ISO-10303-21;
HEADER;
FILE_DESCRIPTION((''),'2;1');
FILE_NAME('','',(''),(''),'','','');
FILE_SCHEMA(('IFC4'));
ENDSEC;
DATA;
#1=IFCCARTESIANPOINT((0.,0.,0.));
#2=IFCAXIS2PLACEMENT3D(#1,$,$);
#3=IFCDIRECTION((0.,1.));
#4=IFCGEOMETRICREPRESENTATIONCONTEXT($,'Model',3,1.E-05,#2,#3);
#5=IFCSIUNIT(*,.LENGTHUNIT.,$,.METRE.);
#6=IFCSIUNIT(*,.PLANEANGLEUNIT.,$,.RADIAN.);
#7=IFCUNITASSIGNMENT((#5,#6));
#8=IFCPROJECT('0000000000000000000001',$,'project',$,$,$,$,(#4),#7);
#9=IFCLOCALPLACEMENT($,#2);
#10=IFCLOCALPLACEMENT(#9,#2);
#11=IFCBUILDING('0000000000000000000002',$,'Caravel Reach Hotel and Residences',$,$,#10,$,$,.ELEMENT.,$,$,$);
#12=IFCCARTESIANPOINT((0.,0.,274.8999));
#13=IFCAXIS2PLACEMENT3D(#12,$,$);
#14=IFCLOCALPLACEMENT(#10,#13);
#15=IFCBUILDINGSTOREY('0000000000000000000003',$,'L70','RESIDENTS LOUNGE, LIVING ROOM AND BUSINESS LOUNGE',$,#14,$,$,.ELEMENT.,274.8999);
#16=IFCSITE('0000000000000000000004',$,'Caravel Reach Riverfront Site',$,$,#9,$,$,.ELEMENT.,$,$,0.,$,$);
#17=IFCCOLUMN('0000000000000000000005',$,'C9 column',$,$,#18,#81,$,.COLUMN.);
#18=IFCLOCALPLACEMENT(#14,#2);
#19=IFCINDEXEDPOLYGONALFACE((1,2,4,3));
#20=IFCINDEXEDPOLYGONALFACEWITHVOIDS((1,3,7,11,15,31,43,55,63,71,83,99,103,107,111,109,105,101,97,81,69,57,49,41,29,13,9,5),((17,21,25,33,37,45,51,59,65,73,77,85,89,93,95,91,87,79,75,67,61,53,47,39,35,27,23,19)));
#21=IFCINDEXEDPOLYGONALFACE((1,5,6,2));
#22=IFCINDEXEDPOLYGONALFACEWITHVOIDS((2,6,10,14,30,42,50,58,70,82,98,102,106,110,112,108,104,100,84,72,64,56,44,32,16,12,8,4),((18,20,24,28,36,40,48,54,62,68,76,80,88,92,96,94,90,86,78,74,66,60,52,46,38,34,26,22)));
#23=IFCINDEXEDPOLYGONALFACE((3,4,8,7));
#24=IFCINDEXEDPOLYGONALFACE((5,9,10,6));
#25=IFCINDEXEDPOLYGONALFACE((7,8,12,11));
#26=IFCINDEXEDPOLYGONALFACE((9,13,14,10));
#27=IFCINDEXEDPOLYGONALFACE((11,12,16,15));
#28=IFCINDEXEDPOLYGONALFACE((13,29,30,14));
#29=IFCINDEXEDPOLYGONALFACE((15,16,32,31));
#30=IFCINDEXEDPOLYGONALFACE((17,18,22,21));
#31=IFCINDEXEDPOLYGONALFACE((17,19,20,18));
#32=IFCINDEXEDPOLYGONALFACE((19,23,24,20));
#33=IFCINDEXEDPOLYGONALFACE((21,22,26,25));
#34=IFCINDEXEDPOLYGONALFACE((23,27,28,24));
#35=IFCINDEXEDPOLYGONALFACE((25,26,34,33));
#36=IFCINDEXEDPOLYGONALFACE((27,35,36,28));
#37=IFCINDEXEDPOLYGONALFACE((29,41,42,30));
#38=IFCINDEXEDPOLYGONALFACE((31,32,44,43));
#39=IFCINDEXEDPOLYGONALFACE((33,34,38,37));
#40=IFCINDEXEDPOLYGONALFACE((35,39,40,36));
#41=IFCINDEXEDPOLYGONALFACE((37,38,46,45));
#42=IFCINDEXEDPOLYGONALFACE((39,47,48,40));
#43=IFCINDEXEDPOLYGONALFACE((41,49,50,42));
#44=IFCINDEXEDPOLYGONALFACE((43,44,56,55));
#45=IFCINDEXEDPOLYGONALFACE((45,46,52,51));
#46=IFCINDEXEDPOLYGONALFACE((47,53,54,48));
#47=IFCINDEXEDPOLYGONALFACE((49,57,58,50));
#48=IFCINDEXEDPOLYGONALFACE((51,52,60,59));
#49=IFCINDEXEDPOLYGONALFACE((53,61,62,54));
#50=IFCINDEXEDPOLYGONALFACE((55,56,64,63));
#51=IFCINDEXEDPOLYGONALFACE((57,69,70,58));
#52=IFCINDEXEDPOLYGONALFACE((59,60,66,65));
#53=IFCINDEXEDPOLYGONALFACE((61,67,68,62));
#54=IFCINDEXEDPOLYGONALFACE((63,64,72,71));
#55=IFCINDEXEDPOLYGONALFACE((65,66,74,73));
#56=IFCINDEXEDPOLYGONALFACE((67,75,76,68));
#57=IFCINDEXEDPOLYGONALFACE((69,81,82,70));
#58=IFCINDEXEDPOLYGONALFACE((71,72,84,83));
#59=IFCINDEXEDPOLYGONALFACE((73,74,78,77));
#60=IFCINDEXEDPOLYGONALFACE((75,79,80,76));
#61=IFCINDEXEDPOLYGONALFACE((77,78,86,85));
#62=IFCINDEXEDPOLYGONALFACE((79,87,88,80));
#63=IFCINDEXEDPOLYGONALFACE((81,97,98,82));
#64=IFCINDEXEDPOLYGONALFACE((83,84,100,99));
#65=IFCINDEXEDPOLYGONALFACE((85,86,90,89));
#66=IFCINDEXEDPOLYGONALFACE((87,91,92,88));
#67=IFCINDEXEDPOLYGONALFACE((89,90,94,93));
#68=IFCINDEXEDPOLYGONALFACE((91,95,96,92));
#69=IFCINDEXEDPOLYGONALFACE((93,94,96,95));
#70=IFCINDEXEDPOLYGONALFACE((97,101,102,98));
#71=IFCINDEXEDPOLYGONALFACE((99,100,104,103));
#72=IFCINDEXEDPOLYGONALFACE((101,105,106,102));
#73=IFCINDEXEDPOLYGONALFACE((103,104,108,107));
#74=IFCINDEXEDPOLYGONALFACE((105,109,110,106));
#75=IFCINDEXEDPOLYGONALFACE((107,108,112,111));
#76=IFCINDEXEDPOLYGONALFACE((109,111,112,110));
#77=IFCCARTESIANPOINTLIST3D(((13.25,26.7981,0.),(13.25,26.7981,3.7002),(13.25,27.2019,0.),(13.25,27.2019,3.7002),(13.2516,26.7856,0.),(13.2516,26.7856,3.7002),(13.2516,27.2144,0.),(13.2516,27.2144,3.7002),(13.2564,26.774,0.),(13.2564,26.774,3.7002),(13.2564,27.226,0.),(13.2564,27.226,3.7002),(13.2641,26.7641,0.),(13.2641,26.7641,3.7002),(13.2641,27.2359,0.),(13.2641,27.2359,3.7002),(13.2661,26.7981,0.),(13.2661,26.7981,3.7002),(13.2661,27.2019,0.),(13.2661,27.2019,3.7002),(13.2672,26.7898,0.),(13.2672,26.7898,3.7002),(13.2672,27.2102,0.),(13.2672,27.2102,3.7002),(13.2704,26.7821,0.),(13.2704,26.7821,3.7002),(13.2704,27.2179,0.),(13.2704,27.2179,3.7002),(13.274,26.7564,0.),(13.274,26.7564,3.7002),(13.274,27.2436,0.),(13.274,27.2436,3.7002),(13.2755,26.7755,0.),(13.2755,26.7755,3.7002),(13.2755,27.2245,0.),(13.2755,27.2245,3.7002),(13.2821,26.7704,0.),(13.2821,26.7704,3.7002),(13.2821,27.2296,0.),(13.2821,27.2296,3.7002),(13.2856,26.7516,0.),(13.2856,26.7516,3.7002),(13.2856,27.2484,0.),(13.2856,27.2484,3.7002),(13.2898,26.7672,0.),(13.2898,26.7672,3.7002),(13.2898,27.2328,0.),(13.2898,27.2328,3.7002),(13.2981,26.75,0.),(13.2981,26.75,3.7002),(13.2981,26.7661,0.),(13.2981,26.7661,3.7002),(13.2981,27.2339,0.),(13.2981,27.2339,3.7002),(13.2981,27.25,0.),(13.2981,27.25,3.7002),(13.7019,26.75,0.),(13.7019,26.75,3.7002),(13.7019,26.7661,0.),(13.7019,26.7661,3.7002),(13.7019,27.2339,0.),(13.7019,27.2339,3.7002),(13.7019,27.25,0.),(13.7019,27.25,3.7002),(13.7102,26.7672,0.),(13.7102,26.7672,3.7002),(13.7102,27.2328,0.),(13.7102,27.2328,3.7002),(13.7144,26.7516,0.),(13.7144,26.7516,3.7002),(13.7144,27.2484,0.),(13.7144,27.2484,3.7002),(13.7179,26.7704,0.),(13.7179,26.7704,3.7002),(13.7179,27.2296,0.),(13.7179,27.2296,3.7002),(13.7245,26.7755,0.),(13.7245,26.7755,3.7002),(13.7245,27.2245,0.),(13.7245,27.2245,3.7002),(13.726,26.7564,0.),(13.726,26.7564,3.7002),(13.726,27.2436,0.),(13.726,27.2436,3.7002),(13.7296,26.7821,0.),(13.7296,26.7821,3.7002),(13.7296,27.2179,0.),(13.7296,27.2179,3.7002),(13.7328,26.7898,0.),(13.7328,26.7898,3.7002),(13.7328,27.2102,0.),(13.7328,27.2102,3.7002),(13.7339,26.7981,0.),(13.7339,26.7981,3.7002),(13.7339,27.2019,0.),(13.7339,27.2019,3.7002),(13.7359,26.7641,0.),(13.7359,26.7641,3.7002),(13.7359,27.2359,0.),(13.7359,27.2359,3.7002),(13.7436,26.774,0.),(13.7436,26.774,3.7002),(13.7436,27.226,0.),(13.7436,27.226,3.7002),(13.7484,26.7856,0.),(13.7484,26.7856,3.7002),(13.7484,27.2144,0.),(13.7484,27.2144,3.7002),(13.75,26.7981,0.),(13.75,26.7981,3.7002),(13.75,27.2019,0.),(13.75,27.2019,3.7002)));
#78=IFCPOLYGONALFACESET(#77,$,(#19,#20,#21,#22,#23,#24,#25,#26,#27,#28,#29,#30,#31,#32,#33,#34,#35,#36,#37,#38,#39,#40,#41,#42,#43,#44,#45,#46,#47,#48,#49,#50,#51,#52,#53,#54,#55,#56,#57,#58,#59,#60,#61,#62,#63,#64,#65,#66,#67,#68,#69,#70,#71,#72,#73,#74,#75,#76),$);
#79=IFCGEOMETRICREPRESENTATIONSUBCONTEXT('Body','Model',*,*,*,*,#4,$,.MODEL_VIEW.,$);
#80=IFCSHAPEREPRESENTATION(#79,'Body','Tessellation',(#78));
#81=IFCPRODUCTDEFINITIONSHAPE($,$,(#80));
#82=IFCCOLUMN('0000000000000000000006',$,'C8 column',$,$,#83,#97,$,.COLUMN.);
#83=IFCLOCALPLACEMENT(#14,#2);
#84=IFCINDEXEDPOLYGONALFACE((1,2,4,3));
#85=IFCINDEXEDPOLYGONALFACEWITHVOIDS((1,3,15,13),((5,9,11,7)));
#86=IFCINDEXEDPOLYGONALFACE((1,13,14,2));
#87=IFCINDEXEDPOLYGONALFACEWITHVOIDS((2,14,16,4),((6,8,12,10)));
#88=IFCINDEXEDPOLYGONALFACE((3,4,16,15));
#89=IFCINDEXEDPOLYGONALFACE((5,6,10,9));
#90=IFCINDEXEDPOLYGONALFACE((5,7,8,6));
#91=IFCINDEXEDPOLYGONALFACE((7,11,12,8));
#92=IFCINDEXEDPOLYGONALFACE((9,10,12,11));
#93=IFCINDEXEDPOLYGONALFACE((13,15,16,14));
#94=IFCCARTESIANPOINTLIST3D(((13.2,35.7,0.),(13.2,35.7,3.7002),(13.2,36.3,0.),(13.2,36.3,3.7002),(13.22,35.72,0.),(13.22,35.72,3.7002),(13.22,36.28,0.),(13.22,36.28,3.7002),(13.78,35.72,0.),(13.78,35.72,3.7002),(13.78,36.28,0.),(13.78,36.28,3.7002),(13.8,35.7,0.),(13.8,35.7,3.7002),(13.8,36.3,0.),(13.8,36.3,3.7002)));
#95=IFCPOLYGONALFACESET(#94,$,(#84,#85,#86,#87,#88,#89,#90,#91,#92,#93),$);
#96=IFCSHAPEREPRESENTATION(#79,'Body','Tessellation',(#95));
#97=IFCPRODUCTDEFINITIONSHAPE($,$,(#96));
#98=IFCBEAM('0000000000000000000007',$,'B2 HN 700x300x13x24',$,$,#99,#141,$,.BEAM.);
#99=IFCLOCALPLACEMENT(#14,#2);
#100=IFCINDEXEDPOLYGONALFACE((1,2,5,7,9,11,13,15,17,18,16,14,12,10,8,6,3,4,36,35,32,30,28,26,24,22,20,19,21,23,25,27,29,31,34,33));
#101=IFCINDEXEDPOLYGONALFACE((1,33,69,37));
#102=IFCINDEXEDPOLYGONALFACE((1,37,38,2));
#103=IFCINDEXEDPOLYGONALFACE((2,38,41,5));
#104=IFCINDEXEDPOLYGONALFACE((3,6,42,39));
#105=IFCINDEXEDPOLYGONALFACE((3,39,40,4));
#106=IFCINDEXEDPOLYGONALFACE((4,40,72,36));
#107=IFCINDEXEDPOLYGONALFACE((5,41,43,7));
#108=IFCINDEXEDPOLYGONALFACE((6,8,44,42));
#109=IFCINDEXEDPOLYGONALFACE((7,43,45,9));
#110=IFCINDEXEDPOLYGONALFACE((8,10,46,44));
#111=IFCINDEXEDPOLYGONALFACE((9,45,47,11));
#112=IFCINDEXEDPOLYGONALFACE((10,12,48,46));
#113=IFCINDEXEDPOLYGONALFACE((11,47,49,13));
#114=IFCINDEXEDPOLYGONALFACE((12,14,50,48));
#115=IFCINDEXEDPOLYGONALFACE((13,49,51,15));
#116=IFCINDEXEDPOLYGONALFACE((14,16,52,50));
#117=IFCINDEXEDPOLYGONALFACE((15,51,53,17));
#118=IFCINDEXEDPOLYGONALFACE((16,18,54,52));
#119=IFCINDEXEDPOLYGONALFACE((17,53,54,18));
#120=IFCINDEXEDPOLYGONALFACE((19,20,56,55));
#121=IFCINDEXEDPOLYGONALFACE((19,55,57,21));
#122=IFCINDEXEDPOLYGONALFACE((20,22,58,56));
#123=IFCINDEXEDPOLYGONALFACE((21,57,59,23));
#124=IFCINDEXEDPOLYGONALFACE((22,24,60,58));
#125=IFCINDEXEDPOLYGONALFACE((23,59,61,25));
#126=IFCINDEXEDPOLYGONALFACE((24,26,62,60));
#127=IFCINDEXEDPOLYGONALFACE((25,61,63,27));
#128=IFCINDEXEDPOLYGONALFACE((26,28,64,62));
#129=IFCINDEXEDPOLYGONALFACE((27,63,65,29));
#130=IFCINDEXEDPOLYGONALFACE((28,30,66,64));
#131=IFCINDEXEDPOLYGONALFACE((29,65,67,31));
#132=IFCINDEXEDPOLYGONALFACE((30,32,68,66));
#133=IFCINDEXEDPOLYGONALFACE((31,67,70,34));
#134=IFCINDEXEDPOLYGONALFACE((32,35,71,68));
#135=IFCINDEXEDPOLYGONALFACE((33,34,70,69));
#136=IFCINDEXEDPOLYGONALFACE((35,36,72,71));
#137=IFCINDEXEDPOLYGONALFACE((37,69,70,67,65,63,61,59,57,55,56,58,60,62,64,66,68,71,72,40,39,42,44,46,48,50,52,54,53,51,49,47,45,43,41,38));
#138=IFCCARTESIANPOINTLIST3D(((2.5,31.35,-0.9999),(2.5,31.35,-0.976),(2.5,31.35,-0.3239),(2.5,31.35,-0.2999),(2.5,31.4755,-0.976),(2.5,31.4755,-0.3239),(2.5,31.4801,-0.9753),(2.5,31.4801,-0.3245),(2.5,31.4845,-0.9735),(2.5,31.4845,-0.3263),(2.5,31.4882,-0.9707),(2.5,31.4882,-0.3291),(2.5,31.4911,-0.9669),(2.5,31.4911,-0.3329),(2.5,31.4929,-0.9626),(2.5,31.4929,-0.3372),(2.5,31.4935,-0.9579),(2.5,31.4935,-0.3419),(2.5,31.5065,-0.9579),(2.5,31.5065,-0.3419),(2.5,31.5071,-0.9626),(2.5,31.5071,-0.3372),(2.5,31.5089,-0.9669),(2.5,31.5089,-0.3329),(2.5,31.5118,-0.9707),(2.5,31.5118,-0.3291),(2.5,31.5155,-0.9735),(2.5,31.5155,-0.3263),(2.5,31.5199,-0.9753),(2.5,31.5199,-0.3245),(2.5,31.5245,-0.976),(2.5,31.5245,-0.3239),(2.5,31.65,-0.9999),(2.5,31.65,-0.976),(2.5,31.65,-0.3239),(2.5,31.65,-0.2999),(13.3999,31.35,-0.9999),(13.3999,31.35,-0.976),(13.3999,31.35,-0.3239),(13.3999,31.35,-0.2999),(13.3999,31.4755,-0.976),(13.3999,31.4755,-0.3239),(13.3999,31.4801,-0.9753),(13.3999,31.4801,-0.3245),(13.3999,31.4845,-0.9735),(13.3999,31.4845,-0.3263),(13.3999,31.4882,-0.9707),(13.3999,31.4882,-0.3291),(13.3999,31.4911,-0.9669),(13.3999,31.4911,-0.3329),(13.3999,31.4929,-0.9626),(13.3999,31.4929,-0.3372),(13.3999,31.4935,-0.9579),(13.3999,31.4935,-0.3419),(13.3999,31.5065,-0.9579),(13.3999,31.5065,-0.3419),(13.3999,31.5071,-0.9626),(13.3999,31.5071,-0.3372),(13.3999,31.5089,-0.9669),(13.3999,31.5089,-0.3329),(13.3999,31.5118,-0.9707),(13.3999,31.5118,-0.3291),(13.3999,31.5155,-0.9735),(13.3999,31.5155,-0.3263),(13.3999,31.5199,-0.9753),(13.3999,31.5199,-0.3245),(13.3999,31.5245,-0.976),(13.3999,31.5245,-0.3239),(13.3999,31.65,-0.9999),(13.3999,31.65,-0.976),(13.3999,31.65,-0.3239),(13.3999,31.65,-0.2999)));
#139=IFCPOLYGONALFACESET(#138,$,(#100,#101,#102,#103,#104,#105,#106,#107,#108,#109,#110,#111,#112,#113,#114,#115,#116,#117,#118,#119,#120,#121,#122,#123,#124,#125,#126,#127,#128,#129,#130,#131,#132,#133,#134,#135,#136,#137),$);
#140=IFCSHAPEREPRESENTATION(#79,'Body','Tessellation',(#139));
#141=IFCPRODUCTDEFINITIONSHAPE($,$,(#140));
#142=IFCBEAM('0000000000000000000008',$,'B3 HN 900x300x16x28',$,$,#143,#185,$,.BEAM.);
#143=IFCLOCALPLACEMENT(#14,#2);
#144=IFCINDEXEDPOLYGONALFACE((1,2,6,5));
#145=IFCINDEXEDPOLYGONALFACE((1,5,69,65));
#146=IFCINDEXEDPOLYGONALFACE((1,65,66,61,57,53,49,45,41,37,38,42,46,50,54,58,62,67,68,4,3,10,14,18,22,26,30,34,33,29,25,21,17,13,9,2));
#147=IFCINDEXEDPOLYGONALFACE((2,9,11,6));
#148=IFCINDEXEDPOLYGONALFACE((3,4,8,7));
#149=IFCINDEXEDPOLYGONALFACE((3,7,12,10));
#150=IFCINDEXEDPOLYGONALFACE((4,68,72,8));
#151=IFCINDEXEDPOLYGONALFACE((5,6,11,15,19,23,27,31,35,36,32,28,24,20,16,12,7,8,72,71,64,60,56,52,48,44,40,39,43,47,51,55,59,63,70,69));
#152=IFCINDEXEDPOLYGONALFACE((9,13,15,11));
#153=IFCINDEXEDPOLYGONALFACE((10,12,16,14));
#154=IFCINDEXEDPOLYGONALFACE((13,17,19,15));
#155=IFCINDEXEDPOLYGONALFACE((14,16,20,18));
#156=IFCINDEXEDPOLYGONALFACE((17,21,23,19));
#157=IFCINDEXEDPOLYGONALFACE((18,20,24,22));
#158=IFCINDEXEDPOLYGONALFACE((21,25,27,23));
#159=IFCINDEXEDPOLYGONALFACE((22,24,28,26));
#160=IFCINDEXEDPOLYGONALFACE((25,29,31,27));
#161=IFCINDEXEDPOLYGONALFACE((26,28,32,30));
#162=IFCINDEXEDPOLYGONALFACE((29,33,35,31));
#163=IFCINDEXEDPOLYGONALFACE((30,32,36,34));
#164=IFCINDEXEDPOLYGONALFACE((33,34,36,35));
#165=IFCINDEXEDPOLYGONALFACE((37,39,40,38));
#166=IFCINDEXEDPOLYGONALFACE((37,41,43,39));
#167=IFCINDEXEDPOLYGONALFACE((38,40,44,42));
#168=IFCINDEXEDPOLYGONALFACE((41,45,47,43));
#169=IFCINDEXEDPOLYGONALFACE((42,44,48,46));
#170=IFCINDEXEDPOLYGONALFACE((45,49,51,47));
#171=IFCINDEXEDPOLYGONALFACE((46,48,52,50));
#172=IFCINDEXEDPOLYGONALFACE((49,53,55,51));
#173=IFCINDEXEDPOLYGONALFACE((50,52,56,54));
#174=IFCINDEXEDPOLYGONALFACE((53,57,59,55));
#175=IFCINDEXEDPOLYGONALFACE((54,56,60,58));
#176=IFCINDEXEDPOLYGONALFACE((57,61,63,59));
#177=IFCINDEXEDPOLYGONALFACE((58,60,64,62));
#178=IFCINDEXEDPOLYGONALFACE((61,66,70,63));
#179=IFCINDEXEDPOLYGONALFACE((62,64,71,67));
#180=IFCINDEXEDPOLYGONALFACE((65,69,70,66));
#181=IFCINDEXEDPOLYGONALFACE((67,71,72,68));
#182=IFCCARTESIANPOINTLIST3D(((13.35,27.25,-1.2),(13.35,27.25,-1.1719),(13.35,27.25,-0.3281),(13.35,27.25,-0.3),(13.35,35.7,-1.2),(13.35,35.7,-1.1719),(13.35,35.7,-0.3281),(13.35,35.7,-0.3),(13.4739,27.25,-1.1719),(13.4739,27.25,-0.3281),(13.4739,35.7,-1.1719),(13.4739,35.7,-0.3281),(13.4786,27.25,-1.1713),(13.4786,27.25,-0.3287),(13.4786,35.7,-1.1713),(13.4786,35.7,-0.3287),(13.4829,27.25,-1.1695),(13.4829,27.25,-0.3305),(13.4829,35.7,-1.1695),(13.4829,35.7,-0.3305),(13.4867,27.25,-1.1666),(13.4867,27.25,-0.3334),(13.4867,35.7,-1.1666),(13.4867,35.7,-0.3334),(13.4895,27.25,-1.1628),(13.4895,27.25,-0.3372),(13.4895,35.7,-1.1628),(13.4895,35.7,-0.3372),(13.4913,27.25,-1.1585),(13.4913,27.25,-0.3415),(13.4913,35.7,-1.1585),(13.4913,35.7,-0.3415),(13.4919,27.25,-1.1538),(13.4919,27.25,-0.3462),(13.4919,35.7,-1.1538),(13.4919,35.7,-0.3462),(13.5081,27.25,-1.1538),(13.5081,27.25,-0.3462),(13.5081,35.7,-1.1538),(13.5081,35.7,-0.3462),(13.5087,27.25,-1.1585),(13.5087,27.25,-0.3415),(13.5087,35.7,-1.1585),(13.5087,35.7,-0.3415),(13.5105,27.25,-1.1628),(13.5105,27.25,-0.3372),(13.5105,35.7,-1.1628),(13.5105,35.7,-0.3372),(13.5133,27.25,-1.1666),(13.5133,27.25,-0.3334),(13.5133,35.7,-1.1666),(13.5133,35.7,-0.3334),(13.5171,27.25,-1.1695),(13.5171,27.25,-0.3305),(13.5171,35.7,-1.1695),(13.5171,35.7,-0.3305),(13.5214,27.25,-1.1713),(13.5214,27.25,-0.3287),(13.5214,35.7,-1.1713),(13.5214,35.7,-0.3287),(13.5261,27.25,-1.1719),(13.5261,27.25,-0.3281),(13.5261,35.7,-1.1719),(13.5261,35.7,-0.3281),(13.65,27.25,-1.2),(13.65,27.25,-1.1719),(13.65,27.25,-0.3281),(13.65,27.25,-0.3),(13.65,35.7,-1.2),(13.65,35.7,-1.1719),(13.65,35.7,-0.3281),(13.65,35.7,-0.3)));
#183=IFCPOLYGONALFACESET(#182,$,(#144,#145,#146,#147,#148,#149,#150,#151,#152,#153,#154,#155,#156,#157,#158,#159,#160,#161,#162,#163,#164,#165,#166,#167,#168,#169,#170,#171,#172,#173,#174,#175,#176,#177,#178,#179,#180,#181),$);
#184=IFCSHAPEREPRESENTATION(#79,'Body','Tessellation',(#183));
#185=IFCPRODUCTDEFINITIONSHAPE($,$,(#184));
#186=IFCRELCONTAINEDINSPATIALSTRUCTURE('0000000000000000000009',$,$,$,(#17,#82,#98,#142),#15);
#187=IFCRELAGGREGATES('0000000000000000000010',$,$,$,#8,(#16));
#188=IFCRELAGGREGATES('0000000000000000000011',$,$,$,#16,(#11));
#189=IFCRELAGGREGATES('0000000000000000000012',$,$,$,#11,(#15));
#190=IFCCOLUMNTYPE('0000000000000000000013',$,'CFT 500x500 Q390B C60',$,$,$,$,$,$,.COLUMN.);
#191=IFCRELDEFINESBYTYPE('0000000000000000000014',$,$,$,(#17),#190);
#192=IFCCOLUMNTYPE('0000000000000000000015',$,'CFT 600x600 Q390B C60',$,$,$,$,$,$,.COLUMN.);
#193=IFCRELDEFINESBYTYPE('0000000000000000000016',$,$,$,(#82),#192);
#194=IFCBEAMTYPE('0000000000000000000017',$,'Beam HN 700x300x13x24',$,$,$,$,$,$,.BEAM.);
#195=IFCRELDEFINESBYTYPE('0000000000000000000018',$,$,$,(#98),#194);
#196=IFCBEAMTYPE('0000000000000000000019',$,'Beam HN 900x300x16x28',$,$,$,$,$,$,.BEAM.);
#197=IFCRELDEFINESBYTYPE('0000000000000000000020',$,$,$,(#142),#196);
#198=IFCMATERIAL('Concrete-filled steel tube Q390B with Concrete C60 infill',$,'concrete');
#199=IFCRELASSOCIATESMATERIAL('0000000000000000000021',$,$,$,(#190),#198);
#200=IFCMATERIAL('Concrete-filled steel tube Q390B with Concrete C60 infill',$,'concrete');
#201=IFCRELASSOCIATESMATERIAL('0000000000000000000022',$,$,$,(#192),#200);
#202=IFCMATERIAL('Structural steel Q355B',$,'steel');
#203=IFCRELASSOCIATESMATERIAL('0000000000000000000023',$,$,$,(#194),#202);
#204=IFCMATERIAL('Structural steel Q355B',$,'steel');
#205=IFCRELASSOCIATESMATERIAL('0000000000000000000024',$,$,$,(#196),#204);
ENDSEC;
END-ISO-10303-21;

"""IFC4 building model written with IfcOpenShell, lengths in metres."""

from ifc_helpers import new_model, si_unit, direction, frame, origin, origin_2d, place, context, subcontext, project, spatial, hollow_rectangle, i_section, extrude, material, material_profile, profile_set, type_object, element, save


model = new_model("IFC4")

# Units and contexts
model_context = context("Model", 3, precision=1e-05, world=origin(), true_north=direction((0.0, 1.0)))
body_context = subcontext(model_context, "Body", "Model", "MODEL_VIEW")
ifc_project = project(units=[si_unit("LENGTHUNIT", "METRE"), si_unit("PLANEANGLEUNIT", "RADIAN")], contexts=[model_context])

# Site, building, storey
site_placement = place(None, origin())
site = spatial("IfcSite", under=ifc_project, at=site_placement, Name="Caravel Reach Riverfront Site", CompositionType="ELEMENT", RefElevation=0.0)
building_placement = place(site_placement, origin())
building = spatial("IfcBuilding", under=site, at=building_placement, Name="Caravel Reach Hotel and Residences", CompositionType="ELEMENT")
storey_placement = place(building_placement, frame((0.0, 0.0, 274.8999)))
storey = spatial("IfcBuildingStorey", under=building, at=storey_placement, Name="L70", Description="RESIDENTS LOUNGE, LIVING ROOM AND BUSINESS LOUNGE", CompositionType="ELEMENT", Elevation=274.8999)

# Columns
ifc_material_1 = material(Name="Concrete-filled steel tube Q390B with Concrete C60 infill", Category="concrete")
ifc_material_profile_1 = material_profile(ifc_material_1, hollow_rectangle(XDim=0.5, YDim=0.5, WallThickness=0.0161, InnerFilletRadius=0.032, OuterFilletRadius=0.0481, at=origin_2d()), Name="RHS 500x500x16")
ifc_profile_set_1 = profile_set([ifc_material_profile_1], Name="Concrete-filled steel tube Q390B with Concrete C60 infill")
column_type_1 = type_object("IfcColumnType", Name="CFT 500x500 Q390B C60", PredefinedType="COLUMN", material=ifc_profile_set_1)
column_1_placement = place(storey_placement, frame((13.5, 27.0, 0.0), z_axis=(0.0, 0.0, 1.0), x_axis=(1.0, 0.0, 0.0)))
element("IfcColumn", 1, at=column_1_placement, inside=storey, type_object=column_type_1, Name="C9 column", PredefinedType="COLUMN", context=body_context, shape_type="SweptSolid", body=[
    extrude(hollow_rectangle(XDim=0.5, YDim=0.5, WallThickness=0.0161, InnerFilletRadius=0.032, OuterFilletRadius=0.0481, at=origin_2d()), origin(), (0.0, 0.0, 1.0), 3.7002),
])
ifc_material_2 = material(Name="Concrete-filled steel tube Q390B with Concrete C60 infill", Category="concrete")
ifc_material_profile_2 = material_profile(ifc_material_2, hollow_rectangle(XDim=0.6001, YDim=0.6001, WallThickness=0.02, at=origin_2d()), Name="RHS 600x600x20")
ifc_profile_set_2 = profile_set([ifc_material_profile_2], Name="Concrete-filled steel tube Q390B with Concrete C60 infill")
column_type_2 = type_object("IfcColumnType", Name="CFT 600x600 Q390B C60", PredefinedType="COLUMN", material=ifc_profile_set_2)
column_2_placement = place(storey_placement, frame((13.5, 36.0, 0.0), z_axis=(0.0, 0.0, 1.0), x_axis=(1.0, 0.0, 0.0)))
element("IfcColumn", 2, at=column_2_placement, inside=storey, type_object=column_type_2, Name="C8 column", PredefinedType="COLUMN", context=body_context, shape_type="SweptSolid", body=[
    extrude(hollow_rectangle(XDim=0.6001, YDim=0.6001, WallThickness=0.02, at=origin_2d()), origin(), (0.0, 0.0, 1.0), 3.7002),
])

# Beams
ifc_material_3 = material(Name="Structural steel Q355B", Category="steel")
ifc_material_profile_3 = material_profile(ifc_material_3, i_section(OverallWidth=0.3, OverallDepth=0.7, WebThickness=0.0129, FlangeThickness=0.0239, FilletRadius=0.0181, at=origin_2d()), Name="HN 700x300x13x24")
ifc_profile_set_3 = profile_set([ifc_material_profile_3], Name="Structural steel Q355B")
beam_type_1 = type_object("IfcBeamType", Name="Beam HN 700x300x13x24", PredefinedType="BEAM", material=ifc_profile_set_3)
beam_1_placement = place(storey_placement, frame((13.3999, 31.5, -0.6499), z_axis=(-1.0, 0.0, 0.0), x_axis=(0.0, -1.0, 0.0)))
element("IfcBeam", 3, at=beam_1_placement, inside=storey, type_object=beam_type_1, Name="B2 HN 700x300x13x24", PredefinedType="BEAM", context=body_context, shape_type="SweptSolid", body=[
    extrude(i_section(OverallWidth=0.3, OverallDepth=0.7, WebThickness=0.0129, FlangeThickness=0.0239, FilletRadius=0.0181, at=origin_2d()), origin(), (0.0, 0.0, 1.0), 10.8999),
])
ifc_material_4 = material(Name="Structural steel Q355B", Category="steel")
ifc_material_profile_4 = material_profile(ifc_material_4, i_section(OverallWidth=0.3, OverallDepth=0.8999, WebThickness=0.0161, FlangeThickness=0.0281, FilletRadius=0.0181, at=origin_2d()), Name="HN 900x300x16x28")
ifc_profile_set_4 = profile_set([ifc_material_profile_4], Name="Structural steel Q355B")
beam_type_2 = type_object("IfcBeamType", Name="Beam HN 900x300x16x28", PredefinedType="BEAM", material=ifc_profile_set_4)
beam_2_placement = place(storey_placement, frame((13.5, 27.25, -0.75), z_axis=(0.0, 1.0, 0.0), x_axis=(-1.0, 0.0, 0.0)))
element("IfcBeam", 4, at=beam_2_placement, inside=storey, type_object=beam_type_2, Name="B3 HN 900x300x16x28", PredefinedType="BEAM", context=body_context, shape_type="SweptSolid", body=[
    extrude(i_section(OverallWidth=0.3, OverallDepth=0.8999, WebThickness=0.0161, FlangeThickness=0.0281, FilletRadius=0.0181, at=origin_2d()), origin(), (0.0, 0.0, 1.0), 8.45),
])

save(model, "model.ifc")
